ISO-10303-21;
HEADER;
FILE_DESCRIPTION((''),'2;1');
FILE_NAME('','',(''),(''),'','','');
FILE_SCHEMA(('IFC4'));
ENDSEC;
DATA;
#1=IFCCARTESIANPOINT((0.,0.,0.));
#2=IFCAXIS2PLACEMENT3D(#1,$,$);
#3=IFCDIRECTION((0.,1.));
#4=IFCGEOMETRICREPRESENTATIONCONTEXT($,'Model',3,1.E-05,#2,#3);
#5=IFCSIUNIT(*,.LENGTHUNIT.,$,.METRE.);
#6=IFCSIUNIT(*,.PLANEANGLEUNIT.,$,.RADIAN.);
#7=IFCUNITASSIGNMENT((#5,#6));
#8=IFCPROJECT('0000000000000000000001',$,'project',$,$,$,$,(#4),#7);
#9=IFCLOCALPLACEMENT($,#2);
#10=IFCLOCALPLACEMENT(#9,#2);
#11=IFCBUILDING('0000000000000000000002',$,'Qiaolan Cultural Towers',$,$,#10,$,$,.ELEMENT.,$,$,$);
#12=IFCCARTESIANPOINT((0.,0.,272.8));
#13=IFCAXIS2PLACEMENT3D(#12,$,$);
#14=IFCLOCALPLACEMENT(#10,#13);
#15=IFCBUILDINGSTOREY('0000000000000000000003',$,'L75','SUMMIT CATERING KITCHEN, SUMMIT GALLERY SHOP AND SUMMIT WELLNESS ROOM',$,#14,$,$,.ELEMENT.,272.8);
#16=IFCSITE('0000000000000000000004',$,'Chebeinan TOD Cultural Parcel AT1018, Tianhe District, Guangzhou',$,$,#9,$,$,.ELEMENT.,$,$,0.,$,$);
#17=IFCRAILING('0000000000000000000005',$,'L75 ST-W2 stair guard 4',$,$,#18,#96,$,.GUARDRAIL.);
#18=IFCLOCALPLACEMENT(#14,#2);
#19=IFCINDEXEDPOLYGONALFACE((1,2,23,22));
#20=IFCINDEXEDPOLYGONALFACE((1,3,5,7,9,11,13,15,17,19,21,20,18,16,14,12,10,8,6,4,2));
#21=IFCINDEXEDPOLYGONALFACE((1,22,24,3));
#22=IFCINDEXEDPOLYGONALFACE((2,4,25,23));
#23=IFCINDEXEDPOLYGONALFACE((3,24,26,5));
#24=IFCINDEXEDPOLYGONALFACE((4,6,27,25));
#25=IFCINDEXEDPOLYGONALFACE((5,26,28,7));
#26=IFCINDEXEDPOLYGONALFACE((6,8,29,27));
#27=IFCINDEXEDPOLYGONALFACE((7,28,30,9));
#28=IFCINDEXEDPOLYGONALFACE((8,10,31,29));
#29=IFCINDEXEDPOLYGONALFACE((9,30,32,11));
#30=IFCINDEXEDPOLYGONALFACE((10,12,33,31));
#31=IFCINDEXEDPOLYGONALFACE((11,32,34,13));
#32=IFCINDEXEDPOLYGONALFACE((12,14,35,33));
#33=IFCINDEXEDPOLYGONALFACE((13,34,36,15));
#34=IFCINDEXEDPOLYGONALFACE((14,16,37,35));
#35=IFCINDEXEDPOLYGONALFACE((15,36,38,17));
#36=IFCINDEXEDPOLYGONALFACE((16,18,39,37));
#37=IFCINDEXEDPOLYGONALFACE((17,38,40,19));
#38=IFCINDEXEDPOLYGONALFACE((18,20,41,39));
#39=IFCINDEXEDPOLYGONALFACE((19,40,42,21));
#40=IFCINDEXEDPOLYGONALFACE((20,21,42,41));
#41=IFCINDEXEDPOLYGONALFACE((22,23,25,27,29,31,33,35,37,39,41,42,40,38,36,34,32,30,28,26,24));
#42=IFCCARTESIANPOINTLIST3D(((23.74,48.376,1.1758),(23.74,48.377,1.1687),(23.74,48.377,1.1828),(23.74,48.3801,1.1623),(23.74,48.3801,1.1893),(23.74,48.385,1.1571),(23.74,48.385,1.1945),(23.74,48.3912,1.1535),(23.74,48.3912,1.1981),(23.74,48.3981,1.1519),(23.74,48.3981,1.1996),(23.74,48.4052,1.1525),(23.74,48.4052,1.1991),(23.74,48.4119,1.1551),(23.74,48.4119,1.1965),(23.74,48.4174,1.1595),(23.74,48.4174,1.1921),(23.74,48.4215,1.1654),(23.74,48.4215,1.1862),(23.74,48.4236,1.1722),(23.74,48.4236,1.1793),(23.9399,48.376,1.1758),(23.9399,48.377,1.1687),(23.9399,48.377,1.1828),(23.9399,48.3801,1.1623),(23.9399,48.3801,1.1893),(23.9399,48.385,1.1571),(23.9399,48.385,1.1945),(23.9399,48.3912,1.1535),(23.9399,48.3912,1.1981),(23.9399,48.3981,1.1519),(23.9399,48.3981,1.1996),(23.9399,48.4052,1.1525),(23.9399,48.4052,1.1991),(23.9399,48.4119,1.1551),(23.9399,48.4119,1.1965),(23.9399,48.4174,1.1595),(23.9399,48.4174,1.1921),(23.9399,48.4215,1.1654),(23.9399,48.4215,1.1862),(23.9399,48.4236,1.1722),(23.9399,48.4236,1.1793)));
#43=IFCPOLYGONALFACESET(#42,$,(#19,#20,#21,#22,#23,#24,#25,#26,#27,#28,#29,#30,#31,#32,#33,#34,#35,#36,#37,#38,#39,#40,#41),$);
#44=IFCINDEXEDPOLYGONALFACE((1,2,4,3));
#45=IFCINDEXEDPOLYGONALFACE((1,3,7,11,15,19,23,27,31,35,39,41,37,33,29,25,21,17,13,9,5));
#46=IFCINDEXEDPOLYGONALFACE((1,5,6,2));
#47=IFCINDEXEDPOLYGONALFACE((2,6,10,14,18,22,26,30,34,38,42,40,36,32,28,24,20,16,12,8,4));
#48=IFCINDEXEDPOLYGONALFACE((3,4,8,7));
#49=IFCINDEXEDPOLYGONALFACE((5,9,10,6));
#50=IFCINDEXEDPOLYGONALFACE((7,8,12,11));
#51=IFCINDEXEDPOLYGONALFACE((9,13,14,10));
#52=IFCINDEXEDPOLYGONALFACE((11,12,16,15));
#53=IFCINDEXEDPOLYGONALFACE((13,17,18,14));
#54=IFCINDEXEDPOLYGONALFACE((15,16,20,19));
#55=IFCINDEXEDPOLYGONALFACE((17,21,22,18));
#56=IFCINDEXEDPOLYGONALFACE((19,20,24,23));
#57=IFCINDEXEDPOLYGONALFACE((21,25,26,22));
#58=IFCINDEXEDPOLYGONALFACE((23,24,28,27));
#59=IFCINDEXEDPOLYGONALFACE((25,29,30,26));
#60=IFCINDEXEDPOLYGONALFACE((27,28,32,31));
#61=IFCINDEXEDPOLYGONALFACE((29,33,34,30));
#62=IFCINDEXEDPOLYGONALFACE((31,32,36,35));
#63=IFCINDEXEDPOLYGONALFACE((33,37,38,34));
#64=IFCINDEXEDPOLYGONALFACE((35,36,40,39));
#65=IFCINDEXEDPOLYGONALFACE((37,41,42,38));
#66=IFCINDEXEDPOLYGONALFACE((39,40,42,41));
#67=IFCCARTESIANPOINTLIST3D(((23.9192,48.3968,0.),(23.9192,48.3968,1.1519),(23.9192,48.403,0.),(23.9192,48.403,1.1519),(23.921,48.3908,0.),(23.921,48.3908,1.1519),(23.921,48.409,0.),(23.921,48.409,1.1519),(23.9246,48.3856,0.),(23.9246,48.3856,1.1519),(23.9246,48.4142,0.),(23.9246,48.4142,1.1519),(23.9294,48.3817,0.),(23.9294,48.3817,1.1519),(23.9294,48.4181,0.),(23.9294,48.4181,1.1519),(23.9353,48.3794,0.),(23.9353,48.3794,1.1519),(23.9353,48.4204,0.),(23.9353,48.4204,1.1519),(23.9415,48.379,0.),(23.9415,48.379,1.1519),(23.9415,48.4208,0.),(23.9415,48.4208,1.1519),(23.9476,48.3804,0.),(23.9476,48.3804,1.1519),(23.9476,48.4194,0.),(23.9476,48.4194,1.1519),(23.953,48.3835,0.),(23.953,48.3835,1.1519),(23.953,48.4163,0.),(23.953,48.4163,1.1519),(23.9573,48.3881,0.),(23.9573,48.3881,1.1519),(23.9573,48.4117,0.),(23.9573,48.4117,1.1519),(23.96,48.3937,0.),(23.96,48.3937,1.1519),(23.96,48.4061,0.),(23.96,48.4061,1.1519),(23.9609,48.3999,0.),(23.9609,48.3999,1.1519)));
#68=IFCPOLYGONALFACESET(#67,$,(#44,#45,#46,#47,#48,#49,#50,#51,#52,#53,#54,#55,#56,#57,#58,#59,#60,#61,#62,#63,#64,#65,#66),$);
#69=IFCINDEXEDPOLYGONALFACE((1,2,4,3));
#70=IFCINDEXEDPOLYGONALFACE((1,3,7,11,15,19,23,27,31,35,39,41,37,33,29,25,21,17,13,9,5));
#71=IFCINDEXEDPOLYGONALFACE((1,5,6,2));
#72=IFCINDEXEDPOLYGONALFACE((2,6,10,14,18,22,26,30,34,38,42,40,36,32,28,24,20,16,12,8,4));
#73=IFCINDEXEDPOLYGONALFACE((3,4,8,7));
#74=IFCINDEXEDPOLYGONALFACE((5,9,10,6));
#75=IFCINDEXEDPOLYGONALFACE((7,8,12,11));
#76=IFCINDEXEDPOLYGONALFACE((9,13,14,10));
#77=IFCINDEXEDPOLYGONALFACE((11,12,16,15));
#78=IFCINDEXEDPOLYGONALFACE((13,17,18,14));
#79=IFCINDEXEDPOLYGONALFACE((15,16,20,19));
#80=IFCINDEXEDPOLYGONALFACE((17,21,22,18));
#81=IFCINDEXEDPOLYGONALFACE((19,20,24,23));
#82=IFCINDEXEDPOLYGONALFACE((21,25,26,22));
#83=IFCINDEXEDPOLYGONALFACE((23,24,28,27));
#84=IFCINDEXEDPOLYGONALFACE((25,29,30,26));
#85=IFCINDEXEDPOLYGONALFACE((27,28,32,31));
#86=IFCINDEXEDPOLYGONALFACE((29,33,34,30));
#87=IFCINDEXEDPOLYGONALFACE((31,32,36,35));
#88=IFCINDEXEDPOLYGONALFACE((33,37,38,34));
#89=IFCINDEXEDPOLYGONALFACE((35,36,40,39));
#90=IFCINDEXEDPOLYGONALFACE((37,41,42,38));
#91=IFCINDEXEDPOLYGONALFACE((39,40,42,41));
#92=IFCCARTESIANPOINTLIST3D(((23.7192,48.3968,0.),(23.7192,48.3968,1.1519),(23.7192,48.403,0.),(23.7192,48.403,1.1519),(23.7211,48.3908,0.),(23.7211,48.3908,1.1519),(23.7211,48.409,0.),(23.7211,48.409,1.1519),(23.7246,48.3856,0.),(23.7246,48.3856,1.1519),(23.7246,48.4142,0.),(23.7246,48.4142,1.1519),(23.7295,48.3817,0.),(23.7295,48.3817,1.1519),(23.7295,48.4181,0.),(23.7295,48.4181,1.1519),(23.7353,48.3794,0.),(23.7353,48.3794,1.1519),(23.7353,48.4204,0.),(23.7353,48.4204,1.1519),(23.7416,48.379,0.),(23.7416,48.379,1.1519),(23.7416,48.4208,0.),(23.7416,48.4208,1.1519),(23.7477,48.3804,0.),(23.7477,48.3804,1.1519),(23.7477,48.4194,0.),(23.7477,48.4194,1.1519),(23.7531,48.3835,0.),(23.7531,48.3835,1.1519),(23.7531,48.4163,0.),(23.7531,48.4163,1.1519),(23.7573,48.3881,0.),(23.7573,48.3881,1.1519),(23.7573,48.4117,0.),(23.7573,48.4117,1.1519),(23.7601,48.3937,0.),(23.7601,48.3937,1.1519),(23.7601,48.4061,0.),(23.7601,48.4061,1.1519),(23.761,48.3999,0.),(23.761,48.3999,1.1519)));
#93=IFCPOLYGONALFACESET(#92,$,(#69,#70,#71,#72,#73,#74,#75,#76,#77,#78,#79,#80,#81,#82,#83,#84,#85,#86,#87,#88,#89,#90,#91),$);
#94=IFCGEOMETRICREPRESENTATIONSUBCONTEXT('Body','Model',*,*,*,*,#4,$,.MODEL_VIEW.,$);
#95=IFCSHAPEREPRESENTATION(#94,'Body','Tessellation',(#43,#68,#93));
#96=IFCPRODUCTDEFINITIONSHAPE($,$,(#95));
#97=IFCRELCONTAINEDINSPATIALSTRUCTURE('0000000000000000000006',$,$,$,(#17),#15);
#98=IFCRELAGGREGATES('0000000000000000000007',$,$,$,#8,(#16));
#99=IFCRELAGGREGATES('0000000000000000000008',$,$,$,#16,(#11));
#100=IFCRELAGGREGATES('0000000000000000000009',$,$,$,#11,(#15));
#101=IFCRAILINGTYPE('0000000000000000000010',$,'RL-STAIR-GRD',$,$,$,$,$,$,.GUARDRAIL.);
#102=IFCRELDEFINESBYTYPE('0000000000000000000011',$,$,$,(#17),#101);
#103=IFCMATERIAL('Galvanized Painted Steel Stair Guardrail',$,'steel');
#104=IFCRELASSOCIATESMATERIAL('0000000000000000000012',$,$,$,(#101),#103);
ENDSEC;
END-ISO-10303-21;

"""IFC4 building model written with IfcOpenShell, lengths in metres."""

from ifc_helpers import new_model, si_unit, direction, frame, origin, origin_2d, place, context, subcontext, project, spatial, circle, extrude, material, type_object, element, save


model = new_model("IFC4")

# Units and contexts
model_context = context("Model", 3, precision=1e-05, world=origin(), true_north=direction((0.0, 1.0)))
body_context = subcontext(model_context, "Body", "Model", "MODEL_VIEW")
ifc_project = project(units=[si_unit("LENGTHUNIT", "METRE"), si_unit("PLANEANGLEUNIT", "RADIAN")], contexts=[model_context])

# Site, building, storey
site_placement = place(None, origin())
site = spatial("IfcSite", under=ifc_project, at=site_placement, Name="Chebeinan TOD Cultural Parcel AT1018, Tianhe District, Guangzhou", CompositionType="ELEMENT", RefElevation=0.0)
building_placement = place(site_placement, origin())
building = spatial("IfcBuilding", under=site, at=building_placement, Name="Qiaolan Cultural Towers", CompositionType="ELEMENT")
storey_placement = place(building_placement, frame((0.0, 0.0, 272.8)))
storey = spatial("IfcBuildingStorey", under=building, at=storey_placement, Name="L75", Description="SUMMIT CATERING KITCHEN, SUMMIT GALLERY SHOP AND SUMMIT WELLNESS ROOM", CompositionType="ELEMENT", Elevation=272.8)

# Railing
ifc_material_1 = material(Name="Galvanized Painted Steel Stair Guardrail", Category="steel")
railing_type_1 = type_object("IfcRailingType", Name="RL-STAIR-GRD", PredefinedType="GUARDRAIL", material=ifc_material_1)
railing_1_placement = place(storey_placement, frame((23.9399, 48.3999, 0.0)))
element("IfcRailing", 1, at=railing_1_placement, inside=storey, type_object=railing_type_1, Name="L75 ST-W2 stair guard 4", PredefinedType="GUARDRAIL", context=body_context, shape_type="SweptSolid", body=[
    extrude(circle(Radius=0.0239, at=origin_2d()), frame((0.0, 0.0, 1.1758), z_axis=(-1.0, 0.0, 0.0), x_axis=(0.0, -1.0, 0.0)), (0.0, 0.0, 1.0), 0.2),
    extrude(circle(Radius=0.021, at=origin_2d()), origin(), (0.0, 0.0, 1.0), 1.1519),
    extrude(circle(Radius=0.021, at=origin_2d()), frame((-0.2, 0.0, 0.0)), (0.0, 0.0, 1.0), 1.1519),
])

save(model, "model.ifc")
